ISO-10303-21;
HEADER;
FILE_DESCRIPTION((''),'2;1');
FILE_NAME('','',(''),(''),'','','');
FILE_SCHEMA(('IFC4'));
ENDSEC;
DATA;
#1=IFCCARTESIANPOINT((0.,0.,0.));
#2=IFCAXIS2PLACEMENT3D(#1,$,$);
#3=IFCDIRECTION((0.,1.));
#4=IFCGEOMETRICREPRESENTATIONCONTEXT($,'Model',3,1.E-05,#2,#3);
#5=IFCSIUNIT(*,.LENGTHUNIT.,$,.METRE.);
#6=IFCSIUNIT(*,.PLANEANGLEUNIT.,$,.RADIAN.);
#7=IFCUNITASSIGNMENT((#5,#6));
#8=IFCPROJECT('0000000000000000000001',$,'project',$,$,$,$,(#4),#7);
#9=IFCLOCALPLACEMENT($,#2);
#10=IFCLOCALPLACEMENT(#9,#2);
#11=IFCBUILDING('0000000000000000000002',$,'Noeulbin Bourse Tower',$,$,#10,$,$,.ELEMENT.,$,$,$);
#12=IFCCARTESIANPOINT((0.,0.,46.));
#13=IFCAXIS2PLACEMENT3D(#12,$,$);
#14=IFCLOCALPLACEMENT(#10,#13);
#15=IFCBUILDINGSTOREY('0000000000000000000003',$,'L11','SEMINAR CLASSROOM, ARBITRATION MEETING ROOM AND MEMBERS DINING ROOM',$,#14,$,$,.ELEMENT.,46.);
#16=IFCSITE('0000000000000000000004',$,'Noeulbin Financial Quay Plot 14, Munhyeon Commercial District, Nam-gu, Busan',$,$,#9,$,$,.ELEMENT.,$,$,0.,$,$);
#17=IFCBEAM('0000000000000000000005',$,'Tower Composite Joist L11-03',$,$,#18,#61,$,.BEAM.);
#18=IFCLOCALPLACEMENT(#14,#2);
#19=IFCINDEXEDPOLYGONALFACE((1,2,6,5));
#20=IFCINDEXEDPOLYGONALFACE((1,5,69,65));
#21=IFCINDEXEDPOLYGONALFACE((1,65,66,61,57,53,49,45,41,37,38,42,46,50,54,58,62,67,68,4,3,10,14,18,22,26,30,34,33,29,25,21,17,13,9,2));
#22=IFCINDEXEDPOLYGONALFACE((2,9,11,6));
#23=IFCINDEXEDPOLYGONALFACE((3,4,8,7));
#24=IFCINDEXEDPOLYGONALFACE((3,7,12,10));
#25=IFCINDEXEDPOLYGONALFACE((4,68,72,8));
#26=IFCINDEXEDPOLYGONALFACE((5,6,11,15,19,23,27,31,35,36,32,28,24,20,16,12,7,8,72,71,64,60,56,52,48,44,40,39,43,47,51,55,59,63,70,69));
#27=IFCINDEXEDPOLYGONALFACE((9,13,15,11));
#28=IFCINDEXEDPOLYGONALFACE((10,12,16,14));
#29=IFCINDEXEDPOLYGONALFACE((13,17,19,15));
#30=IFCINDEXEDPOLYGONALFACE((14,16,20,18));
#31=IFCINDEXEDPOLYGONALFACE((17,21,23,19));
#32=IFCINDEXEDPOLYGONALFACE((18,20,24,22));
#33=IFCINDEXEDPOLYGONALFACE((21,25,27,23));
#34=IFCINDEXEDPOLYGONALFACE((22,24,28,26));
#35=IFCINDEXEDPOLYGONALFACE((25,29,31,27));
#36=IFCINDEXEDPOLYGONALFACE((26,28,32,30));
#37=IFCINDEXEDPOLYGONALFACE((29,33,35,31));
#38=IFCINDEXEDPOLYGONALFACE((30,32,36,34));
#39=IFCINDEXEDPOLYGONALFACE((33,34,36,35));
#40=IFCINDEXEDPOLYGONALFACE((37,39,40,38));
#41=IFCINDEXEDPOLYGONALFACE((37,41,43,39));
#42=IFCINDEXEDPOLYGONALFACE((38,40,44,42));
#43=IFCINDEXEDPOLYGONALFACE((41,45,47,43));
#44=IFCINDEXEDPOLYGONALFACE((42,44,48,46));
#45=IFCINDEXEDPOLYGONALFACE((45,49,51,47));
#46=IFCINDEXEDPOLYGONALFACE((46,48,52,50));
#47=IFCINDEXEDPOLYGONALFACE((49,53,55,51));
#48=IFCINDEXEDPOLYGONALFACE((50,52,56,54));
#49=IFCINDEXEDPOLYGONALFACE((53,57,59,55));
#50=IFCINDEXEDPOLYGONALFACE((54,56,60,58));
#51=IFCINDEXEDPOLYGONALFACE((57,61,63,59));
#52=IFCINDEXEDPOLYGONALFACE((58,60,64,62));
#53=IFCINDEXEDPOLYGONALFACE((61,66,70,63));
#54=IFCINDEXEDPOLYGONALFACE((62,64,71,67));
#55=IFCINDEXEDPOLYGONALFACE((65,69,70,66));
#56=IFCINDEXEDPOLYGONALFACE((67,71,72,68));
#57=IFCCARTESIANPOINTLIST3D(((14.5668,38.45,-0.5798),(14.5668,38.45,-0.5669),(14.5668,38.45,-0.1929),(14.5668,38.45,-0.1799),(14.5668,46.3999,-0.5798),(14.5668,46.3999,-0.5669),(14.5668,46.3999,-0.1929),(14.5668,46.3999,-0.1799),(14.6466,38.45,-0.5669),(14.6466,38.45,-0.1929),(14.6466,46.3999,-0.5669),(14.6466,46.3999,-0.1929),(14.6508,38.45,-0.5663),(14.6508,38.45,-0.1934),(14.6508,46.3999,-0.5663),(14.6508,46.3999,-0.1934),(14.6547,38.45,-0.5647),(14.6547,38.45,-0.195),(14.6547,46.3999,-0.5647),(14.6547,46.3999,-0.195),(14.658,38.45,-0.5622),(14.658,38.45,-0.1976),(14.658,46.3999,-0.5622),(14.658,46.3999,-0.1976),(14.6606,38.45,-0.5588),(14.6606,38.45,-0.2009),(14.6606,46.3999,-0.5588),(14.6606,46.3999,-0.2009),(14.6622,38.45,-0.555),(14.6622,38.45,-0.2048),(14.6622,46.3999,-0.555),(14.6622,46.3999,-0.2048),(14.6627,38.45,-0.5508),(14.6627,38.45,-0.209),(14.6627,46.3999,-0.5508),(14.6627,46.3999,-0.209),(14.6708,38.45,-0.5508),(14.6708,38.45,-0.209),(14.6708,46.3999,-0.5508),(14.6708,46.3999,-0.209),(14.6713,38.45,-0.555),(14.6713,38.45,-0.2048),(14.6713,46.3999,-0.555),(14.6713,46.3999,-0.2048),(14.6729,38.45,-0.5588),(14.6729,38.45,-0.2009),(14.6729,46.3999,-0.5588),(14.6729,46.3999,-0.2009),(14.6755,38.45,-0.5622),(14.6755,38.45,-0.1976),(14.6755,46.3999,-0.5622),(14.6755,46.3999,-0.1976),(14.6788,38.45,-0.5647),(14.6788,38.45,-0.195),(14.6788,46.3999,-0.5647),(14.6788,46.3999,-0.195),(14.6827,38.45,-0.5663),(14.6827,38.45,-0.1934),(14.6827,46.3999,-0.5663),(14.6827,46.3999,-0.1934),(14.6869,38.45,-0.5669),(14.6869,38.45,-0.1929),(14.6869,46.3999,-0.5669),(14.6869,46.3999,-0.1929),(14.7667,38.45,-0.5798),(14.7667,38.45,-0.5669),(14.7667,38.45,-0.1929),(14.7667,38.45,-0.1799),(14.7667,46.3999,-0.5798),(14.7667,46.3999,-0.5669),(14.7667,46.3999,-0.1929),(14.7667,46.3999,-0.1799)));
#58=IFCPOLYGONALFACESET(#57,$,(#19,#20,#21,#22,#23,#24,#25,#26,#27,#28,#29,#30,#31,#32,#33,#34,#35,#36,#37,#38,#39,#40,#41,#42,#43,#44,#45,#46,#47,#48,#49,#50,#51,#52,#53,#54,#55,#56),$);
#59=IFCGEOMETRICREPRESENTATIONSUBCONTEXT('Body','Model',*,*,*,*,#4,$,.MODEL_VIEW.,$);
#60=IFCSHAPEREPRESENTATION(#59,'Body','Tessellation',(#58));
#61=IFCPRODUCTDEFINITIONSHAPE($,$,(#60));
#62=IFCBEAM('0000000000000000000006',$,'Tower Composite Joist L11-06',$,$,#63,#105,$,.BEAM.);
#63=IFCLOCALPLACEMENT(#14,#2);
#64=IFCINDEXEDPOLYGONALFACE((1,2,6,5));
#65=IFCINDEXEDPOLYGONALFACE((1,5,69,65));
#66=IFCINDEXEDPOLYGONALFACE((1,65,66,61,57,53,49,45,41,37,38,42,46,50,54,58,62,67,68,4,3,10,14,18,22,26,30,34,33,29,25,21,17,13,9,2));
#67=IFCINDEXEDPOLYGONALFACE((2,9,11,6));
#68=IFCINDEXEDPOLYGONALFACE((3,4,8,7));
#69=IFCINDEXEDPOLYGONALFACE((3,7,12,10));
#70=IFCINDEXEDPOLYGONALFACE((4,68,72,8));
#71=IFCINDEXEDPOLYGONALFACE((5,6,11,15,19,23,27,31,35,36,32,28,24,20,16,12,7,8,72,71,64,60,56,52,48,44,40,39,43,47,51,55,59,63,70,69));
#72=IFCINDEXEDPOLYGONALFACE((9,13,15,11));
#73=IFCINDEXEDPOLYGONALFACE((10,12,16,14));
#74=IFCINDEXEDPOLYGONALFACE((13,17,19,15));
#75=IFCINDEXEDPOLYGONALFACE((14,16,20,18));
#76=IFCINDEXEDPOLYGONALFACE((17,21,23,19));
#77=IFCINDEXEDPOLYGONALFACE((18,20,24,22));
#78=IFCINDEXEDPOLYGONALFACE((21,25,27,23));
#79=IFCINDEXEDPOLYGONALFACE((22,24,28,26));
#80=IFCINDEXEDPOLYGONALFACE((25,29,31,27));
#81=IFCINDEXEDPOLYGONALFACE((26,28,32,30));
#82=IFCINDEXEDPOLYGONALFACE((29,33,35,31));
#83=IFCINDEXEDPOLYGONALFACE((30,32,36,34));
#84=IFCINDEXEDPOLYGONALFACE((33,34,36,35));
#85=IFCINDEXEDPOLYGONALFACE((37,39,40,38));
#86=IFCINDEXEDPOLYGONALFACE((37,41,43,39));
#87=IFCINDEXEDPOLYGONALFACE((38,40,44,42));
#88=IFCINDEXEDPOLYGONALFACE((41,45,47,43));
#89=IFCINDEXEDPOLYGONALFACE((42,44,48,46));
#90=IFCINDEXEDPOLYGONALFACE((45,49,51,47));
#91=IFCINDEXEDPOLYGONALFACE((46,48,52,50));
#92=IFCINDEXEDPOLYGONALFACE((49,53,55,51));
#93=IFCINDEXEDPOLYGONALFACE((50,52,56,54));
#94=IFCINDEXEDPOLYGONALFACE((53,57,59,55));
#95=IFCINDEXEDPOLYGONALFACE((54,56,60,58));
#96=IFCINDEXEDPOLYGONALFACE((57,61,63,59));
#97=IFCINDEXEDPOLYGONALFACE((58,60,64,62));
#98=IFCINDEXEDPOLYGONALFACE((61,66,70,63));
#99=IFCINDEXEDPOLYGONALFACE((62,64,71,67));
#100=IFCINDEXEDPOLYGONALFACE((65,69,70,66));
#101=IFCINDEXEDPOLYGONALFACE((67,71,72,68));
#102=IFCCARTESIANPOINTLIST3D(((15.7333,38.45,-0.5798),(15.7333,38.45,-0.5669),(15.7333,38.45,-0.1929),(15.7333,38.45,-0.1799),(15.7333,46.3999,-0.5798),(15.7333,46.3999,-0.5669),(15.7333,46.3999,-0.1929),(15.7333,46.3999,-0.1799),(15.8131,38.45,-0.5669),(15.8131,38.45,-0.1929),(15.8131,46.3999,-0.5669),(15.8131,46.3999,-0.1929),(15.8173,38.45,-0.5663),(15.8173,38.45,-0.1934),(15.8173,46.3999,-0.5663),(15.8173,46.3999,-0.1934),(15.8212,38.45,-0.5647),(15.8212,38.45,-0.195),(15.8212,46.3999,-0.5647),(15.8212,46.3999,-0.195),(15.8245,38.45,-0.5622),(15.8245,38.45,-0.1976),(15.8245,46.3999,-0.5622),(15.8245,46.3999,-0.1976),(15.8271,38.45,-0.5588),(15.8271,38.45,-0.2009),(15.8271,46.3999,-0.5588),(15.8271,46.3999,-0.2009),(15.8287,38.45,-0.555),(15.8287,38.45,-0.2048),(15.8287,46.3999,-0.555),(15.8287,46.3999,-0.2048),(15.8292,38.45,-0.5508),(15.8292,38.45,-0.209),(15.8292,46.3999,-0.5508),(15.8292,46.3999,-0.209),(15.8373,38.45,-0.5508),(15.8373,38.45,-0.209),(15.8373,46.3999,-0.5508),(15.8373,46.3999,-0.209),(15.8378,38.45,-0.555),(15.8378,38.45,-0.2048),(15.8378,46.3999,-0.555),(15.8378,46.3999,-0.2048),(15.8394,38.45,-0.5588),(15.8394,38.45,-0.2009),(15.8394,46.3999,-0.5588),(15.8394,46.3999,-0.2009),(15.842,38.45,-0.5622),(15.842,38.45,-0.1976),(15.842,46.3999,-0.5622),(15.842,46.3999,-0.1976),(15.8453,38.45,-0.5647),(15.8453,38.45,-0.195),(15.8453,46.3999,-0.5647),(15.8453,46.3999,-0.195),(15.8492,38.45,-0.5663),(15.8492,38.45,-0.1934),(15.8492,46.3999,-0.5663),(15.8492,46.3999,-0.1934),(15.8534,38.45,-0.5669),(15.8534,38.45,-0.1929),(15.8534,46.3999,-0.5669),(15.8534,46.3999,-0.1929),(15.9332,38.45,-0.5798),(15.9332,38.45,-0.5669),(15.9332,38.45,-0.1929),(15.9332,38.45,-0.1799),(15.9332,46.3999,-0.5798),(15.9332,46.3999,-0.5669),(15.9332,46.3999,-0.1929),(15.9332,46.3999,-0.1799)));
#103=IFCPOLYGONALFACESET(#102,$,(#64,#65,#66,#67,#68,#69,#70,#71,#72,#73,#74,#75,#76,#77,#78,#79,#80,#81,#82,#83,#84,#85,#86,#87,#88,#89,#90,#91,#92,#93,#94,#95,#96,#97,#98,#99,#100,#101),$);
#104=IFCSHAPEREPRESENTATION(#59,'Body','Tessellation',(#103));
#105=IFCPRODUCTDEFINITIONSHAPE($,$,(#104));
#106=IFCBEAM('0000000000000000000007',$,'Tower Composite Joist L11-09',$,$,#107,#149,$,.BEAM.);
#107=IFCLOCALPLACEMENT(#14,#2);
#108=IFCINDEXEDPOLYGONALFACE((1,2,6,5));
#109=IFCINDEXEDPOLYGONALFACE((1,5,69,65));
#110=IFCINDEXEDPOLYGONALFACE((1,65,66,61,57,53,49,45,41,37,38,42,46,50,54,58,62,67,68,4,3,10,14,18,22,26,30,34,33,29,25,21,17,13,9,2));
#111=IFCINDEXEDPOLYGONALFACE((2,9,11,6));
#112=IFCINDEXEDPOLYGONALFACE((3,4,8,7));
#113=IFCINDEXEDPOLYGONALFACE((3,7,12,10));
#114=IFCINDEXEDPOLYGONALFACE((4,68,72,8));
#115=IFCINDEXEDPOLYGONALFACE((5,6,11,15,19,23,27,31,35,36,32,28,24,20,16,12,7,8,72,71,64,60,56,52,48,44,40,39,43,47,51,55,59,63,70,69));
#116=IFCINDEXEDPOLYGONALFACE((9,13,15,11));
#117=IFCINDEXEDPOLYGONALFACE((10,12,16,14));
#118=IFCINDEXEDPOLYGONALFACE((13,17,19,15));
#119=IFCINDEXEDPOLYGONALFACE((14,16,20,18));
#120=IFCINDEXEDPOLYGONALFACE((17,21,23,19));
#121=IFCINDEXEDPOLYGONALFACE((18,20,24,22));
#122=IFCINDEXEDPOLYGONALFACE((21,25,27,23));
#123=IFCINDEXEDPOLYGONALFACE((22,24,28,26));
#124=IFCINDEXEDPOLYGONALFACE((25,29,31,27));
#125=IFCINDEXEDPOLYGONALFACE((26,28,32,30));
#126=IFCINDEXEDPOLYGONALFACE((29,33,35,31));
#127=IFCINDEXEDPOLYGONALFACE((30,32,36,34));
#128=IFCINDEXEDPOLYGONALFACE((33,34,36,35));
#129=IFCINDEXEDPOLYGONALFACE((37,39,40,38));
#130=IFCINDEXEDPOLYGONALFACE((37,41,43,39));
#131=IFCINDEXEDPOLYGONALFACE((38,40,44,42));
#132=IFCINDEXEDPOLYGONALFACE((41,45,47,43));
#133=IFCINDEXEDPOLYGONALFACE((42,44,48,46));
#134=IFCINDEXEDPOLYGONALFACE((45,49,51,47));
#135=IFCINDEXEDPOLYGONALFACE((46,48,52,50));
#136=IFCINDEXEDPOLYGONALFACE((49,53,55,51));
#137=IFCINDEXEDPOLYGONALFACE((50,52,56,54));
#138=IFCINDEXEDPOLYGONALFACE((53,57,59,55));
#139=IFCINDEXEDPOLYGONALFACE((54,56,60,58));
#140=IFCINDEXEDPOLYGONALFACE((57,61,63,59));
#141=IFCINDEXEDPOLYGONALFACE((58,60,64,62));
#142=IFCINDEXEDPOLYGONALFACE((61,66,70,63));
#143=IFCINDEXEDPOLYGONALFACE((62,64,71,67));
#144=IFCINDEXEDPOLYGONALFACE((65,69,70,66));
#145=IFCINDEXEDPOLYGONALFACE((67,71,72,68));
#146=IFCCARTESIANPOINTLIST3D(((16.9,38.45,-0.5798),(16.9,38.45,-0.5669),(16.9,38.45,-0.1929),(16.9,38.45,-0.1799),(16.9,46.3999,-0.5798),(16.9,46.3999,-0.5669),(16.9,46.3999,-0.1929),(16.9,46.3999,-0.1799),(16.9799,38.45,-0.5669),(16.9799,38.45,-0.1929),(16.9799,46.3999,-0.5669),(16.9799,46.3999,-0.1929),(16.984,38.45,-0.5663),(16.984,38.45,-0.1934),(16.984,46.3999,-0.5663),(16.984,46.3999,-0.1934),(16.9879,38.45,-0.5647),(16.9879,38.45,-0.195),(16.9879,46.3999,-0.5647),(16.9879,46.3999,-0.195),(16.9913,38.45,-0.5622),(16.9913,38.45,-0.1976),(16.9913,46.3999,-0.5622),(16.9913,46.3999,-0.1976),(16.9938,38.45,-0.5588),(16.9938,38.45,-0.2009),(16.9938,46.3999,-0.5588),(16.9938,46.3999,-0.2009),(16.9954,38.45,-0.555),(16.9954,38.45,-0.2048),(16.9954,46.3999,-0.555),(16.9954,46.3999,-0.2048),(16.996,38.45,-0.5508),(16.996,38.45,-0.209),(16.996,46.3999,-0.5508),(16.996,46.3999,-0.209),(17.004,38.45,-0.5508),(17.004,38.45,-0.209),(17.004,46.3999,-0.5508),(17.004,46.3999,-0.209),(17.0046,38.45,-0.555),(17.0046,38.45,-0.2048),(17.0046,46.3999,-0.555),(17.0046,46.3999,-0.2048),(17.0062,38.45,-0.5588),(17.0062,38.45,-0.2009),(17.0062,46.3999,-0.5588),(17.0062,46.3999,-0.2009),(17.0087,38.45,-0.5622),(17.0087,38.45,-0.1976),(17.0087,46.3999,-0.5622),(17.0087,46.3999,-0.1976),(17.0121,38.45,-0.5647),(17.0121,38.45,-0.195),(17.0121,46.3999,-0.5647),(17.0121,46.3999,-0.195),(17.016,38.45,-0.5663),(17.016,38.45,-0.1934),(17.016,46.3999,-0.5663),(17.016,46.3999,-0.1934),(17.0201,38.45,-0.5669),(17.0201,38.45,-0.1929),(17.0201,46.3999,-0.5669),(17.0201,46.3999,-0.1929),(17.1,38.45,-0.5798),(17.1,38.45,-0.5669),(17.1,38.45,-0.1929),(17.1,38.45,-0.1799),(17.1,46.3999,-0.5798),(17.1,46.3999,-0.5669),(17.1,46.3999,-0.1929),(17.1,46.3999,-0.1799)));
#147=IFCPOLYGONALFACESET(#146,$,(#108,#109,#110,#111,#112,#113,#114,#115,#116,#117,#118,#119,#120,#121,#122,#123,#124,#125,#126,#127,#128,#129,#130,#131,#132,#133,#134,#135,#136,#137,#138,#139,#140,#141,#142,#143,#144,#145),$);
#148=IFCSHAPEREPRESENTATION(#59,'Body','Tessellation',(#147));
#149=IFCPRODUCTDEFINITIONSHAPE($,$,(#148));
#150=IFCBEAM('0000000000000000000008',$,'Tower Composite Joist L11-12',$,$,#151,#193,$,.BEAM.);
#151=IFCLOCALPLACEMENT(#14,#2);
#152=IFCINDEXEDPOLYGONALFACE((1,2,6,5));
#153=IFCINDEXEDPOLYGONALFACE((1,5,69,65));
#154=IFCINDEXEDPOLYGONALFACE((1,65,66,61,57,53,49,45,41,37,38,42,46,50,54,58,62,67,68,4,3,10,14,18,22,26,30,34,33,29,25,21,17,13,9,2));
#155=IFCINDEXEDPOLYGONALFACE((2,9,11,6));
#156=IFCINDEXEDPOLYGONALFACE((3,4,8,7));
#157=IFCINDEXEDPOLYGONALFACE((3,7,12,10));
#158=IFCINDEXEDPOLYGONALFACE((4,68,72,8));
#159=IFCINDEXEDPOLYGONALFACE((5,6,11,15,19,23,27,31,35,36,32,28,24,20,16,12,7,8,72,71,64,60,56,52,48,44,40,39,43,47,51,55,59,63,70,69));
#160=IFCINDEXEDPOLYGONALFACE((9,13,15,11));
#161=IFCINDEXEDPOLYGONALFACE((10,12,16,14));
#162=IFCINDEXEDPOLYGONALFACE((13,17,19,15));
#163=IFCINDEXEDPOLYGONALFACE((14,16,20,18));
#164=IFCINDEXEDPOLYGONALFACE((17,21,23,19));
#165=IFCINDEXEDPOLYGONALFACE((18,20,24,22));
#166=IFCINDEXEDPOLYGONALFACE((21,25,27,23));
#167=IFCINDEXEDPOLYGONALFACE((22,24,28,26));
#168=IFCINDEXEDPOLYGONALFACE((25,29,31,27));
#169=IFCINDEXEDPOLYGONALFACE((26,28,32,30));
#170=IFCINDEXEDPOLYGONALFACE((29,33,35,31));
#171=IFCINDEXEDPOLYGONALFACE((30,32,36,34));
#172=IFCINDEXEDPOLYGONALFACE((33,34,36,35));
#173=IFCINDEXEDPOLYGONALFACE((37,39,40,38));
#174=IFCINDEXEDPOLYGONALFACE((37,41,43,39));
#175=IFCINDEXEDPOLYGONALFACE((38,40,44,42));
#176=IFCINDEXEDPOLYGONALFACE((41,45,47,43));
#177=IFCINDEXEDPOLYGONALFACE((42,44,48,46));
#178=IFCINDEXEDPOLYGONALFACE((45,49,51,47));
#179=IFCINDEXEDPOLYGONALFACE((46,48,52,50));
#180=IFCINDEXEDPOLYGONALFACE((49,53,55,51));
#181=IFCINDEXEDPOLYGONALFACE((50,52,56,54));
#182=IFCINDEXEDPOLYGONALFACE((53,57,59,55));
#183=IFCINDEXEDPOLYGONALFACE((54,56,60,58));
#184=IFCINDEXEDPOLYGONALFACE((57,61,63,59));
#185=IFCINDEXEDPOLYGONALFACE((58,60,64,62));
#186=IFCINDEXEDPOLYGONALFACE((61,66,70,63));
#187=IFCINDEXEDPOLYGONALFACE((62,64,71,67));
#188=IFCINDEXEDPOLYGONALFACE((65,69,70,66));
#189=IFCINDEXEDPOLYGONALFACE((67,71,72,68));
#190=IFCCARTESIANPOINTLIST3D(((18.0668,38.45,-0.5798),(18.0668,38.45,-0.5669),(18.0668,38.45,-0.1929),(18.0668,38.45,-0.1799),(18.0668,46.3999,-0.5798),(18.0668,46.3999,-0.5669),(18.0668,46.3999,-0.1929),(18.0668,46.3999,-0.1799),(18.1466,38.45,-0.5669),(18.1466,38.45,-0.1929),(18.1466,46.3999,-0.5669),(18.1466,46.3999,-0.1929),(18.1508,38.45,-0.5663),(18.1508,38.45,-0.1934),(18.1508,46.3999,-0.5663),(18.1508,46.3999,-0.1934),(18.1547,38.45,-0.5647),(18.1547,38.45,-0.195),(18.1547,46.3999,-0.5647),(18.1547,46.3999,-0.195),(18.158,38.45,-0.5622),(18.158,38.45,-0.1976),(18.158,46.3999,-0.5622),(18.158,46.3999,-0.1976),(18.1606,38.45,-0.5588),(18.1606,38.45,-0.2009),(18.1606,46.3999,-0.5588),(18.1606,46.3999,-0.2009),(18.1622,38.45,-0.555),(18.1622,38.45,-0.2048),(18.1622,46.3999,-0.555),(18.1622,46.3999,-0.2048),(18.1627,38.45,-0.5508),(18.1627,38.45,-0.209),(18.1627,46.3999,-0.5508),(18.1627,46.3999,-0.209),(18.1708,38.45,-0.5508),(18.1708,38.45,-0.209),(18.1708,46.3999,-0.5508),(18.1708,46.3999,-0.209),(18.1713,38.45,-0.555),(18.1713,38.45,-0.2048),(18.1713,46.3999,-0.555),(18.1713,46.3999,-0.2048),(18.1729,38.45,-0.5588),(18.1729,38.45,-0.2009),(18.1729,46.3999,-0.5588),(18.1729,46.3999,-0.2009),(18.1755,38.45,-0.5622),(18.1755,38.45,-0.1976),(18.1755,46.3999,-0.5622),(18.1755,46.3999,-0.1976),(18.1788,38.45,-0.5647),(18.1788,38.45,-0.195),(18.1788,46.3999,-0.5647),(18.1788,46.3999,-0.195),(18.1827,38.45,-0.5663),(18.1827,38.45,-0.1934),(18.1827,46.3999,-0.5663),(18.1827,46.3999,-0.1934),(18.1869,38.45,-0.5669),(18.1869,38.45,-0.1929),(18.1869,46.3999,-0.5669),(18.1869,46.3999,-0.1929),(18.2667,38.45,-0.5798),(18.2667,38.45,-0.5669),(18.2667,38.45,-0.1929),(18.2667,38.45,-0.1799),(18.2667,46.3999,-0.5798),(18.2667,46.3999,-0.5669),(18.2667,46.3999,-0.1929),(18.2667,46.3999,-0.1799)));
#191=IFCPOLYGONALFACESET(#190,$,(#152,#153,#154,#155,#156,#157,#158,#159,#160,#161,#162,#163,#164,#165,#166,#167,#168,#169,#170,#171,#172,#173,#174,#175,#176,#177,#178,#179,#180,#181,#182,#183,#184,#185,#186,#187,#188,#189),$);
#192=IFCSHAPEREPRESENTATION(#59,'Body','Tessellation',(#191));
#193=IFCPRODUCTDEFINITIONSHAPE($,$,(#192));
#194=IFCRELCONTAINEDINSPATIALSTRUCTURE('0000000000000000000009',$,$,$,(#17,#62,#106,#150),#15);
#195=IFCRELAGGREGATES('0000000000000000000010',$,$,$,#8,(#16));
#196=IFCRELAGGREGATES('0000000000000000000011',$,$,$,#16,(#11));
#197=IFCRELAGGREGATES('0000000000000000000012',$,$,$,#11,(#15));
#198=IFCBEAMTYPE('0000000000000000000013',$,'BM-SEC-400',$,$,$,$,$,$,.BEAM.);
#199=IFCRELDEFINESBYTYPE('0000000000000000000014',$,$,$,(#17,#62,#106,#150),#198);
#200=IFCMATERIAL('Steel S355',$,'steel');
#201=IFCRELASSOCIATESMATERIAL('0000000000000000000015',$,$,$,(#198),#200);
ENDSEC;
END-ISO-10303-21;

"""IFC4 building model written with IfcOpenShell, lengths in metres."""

from ifc_helpers import new_model, si_unit, direction, frame, origin, origin_2d, place, context, subcontext, project, spatial, i_section, extrude, material, material_profile, profile_set, type_object, element, save


model = new_model("IFC4")

# Units and contexts
model_context = context("Model", 3, precision=1e-05, world=origin(), true_north=direction((0.0, 1.0)))
body_context = subcontext(model_context, "Body", "Model", "MODEL_VIEW")
ifc_project = project(units=[si_unit("LENGTHUNIT", "METRE"), si_unit("PLANEANGLEUNIT", "RADIAN")], contexts=[model_context])

# Site, building, storey
site_placement = place(None, origin())
site = spatial("IfcSite", under=ifc_project, at=site_placement, Name="Noeulbin Financial Quay Plot 14, Munhyeon Commercial District, Nam-gu, Busan", CompositionType="ELEMENT", RefElevation=0.0)
building_placement = place(site_placement, origin())
building = spatial("IfcBuilding", under=site, at=building_placement, Name="Noeulbin Bourse Tower", CompositionType="ELEMENT")
storey_placement = place(building_placement, frame((0.0, 0.0, 46.0)))
storey = spatial("IfcBuildingStorey", under=building, at=storey_placement, Name="L11", Description="SEMINAR CLASSROOM, ARBITRATION MEETING ROOM AND MEMBERS DINING ROOM", CompositionType="ELEMENT", Elevation=46.0)

# Beams
ifc_material_1 = material(Name="Steel S355", Category="steel")
ifc_material_profile_1 = material_profile(ifc_material_1, i_section(OverallWidth=0.2, OverallDepth=0.3999, WebThickness=0.0081, FlangeThickness=0.0129, FilletRadius=0.0161, at=origin_2d()), Name="H-400x200x8x13", Category="LoadBearing")
ifc_profile_set_1 = profile_set([ifc_material_profile_1], Name="Steel S355")
beam_type_1 = type_object("IfcBeamType", Name="BM-SEC-400", PredefinedType="BEAM", material=ifc_profile_set_1)
for number, where, z_axis, x_axis, name in (
    (1, (14.6667, 38.45, -0.3799), (0.0, 1.0, 0.0), (-1.0, 0.0, 0.0), "Tower Composite Joist L11-03"),
    (2, (15.8333, 38.45, -0.3799), (0.0, 1.0, 0.0), (-1.0, 0.0, 0.0), "Tower Composite Joist L11-06"),
    (3, (17.0, 38.45, -0.3799), (0.0, 1.0, 0.0), (-1.0, 0.0, 0.0), "Tower Composite Joist L11-09"),
    (4, (18.1667, 38.45, -0.3799), (0.0, 1.0, 0.0), (-1.0, 0.0, 0.0), "Tower Composite Joist L11-12"),
):
    element("IfcBeam", number, at=place(storey_placement, frame(where, z_axis=z_axis, x_axis=x_axis)), inside=storey, type_object=beam_type_1, Name=name, PredefinedType="BEAM", context=body_context, shape_type="SweptSolid", body=[
        extrude(i_section(OverallWidth=0.2, OverallDepth=0.3999, WebThickness=0.0081, FlangeThickness=0.0129, FilletRadius=0.0161, at=origin_2d()), origin(), (0.0, 0.0, 1.0), 7.95),
    ])

save(model, "model.ifc")
